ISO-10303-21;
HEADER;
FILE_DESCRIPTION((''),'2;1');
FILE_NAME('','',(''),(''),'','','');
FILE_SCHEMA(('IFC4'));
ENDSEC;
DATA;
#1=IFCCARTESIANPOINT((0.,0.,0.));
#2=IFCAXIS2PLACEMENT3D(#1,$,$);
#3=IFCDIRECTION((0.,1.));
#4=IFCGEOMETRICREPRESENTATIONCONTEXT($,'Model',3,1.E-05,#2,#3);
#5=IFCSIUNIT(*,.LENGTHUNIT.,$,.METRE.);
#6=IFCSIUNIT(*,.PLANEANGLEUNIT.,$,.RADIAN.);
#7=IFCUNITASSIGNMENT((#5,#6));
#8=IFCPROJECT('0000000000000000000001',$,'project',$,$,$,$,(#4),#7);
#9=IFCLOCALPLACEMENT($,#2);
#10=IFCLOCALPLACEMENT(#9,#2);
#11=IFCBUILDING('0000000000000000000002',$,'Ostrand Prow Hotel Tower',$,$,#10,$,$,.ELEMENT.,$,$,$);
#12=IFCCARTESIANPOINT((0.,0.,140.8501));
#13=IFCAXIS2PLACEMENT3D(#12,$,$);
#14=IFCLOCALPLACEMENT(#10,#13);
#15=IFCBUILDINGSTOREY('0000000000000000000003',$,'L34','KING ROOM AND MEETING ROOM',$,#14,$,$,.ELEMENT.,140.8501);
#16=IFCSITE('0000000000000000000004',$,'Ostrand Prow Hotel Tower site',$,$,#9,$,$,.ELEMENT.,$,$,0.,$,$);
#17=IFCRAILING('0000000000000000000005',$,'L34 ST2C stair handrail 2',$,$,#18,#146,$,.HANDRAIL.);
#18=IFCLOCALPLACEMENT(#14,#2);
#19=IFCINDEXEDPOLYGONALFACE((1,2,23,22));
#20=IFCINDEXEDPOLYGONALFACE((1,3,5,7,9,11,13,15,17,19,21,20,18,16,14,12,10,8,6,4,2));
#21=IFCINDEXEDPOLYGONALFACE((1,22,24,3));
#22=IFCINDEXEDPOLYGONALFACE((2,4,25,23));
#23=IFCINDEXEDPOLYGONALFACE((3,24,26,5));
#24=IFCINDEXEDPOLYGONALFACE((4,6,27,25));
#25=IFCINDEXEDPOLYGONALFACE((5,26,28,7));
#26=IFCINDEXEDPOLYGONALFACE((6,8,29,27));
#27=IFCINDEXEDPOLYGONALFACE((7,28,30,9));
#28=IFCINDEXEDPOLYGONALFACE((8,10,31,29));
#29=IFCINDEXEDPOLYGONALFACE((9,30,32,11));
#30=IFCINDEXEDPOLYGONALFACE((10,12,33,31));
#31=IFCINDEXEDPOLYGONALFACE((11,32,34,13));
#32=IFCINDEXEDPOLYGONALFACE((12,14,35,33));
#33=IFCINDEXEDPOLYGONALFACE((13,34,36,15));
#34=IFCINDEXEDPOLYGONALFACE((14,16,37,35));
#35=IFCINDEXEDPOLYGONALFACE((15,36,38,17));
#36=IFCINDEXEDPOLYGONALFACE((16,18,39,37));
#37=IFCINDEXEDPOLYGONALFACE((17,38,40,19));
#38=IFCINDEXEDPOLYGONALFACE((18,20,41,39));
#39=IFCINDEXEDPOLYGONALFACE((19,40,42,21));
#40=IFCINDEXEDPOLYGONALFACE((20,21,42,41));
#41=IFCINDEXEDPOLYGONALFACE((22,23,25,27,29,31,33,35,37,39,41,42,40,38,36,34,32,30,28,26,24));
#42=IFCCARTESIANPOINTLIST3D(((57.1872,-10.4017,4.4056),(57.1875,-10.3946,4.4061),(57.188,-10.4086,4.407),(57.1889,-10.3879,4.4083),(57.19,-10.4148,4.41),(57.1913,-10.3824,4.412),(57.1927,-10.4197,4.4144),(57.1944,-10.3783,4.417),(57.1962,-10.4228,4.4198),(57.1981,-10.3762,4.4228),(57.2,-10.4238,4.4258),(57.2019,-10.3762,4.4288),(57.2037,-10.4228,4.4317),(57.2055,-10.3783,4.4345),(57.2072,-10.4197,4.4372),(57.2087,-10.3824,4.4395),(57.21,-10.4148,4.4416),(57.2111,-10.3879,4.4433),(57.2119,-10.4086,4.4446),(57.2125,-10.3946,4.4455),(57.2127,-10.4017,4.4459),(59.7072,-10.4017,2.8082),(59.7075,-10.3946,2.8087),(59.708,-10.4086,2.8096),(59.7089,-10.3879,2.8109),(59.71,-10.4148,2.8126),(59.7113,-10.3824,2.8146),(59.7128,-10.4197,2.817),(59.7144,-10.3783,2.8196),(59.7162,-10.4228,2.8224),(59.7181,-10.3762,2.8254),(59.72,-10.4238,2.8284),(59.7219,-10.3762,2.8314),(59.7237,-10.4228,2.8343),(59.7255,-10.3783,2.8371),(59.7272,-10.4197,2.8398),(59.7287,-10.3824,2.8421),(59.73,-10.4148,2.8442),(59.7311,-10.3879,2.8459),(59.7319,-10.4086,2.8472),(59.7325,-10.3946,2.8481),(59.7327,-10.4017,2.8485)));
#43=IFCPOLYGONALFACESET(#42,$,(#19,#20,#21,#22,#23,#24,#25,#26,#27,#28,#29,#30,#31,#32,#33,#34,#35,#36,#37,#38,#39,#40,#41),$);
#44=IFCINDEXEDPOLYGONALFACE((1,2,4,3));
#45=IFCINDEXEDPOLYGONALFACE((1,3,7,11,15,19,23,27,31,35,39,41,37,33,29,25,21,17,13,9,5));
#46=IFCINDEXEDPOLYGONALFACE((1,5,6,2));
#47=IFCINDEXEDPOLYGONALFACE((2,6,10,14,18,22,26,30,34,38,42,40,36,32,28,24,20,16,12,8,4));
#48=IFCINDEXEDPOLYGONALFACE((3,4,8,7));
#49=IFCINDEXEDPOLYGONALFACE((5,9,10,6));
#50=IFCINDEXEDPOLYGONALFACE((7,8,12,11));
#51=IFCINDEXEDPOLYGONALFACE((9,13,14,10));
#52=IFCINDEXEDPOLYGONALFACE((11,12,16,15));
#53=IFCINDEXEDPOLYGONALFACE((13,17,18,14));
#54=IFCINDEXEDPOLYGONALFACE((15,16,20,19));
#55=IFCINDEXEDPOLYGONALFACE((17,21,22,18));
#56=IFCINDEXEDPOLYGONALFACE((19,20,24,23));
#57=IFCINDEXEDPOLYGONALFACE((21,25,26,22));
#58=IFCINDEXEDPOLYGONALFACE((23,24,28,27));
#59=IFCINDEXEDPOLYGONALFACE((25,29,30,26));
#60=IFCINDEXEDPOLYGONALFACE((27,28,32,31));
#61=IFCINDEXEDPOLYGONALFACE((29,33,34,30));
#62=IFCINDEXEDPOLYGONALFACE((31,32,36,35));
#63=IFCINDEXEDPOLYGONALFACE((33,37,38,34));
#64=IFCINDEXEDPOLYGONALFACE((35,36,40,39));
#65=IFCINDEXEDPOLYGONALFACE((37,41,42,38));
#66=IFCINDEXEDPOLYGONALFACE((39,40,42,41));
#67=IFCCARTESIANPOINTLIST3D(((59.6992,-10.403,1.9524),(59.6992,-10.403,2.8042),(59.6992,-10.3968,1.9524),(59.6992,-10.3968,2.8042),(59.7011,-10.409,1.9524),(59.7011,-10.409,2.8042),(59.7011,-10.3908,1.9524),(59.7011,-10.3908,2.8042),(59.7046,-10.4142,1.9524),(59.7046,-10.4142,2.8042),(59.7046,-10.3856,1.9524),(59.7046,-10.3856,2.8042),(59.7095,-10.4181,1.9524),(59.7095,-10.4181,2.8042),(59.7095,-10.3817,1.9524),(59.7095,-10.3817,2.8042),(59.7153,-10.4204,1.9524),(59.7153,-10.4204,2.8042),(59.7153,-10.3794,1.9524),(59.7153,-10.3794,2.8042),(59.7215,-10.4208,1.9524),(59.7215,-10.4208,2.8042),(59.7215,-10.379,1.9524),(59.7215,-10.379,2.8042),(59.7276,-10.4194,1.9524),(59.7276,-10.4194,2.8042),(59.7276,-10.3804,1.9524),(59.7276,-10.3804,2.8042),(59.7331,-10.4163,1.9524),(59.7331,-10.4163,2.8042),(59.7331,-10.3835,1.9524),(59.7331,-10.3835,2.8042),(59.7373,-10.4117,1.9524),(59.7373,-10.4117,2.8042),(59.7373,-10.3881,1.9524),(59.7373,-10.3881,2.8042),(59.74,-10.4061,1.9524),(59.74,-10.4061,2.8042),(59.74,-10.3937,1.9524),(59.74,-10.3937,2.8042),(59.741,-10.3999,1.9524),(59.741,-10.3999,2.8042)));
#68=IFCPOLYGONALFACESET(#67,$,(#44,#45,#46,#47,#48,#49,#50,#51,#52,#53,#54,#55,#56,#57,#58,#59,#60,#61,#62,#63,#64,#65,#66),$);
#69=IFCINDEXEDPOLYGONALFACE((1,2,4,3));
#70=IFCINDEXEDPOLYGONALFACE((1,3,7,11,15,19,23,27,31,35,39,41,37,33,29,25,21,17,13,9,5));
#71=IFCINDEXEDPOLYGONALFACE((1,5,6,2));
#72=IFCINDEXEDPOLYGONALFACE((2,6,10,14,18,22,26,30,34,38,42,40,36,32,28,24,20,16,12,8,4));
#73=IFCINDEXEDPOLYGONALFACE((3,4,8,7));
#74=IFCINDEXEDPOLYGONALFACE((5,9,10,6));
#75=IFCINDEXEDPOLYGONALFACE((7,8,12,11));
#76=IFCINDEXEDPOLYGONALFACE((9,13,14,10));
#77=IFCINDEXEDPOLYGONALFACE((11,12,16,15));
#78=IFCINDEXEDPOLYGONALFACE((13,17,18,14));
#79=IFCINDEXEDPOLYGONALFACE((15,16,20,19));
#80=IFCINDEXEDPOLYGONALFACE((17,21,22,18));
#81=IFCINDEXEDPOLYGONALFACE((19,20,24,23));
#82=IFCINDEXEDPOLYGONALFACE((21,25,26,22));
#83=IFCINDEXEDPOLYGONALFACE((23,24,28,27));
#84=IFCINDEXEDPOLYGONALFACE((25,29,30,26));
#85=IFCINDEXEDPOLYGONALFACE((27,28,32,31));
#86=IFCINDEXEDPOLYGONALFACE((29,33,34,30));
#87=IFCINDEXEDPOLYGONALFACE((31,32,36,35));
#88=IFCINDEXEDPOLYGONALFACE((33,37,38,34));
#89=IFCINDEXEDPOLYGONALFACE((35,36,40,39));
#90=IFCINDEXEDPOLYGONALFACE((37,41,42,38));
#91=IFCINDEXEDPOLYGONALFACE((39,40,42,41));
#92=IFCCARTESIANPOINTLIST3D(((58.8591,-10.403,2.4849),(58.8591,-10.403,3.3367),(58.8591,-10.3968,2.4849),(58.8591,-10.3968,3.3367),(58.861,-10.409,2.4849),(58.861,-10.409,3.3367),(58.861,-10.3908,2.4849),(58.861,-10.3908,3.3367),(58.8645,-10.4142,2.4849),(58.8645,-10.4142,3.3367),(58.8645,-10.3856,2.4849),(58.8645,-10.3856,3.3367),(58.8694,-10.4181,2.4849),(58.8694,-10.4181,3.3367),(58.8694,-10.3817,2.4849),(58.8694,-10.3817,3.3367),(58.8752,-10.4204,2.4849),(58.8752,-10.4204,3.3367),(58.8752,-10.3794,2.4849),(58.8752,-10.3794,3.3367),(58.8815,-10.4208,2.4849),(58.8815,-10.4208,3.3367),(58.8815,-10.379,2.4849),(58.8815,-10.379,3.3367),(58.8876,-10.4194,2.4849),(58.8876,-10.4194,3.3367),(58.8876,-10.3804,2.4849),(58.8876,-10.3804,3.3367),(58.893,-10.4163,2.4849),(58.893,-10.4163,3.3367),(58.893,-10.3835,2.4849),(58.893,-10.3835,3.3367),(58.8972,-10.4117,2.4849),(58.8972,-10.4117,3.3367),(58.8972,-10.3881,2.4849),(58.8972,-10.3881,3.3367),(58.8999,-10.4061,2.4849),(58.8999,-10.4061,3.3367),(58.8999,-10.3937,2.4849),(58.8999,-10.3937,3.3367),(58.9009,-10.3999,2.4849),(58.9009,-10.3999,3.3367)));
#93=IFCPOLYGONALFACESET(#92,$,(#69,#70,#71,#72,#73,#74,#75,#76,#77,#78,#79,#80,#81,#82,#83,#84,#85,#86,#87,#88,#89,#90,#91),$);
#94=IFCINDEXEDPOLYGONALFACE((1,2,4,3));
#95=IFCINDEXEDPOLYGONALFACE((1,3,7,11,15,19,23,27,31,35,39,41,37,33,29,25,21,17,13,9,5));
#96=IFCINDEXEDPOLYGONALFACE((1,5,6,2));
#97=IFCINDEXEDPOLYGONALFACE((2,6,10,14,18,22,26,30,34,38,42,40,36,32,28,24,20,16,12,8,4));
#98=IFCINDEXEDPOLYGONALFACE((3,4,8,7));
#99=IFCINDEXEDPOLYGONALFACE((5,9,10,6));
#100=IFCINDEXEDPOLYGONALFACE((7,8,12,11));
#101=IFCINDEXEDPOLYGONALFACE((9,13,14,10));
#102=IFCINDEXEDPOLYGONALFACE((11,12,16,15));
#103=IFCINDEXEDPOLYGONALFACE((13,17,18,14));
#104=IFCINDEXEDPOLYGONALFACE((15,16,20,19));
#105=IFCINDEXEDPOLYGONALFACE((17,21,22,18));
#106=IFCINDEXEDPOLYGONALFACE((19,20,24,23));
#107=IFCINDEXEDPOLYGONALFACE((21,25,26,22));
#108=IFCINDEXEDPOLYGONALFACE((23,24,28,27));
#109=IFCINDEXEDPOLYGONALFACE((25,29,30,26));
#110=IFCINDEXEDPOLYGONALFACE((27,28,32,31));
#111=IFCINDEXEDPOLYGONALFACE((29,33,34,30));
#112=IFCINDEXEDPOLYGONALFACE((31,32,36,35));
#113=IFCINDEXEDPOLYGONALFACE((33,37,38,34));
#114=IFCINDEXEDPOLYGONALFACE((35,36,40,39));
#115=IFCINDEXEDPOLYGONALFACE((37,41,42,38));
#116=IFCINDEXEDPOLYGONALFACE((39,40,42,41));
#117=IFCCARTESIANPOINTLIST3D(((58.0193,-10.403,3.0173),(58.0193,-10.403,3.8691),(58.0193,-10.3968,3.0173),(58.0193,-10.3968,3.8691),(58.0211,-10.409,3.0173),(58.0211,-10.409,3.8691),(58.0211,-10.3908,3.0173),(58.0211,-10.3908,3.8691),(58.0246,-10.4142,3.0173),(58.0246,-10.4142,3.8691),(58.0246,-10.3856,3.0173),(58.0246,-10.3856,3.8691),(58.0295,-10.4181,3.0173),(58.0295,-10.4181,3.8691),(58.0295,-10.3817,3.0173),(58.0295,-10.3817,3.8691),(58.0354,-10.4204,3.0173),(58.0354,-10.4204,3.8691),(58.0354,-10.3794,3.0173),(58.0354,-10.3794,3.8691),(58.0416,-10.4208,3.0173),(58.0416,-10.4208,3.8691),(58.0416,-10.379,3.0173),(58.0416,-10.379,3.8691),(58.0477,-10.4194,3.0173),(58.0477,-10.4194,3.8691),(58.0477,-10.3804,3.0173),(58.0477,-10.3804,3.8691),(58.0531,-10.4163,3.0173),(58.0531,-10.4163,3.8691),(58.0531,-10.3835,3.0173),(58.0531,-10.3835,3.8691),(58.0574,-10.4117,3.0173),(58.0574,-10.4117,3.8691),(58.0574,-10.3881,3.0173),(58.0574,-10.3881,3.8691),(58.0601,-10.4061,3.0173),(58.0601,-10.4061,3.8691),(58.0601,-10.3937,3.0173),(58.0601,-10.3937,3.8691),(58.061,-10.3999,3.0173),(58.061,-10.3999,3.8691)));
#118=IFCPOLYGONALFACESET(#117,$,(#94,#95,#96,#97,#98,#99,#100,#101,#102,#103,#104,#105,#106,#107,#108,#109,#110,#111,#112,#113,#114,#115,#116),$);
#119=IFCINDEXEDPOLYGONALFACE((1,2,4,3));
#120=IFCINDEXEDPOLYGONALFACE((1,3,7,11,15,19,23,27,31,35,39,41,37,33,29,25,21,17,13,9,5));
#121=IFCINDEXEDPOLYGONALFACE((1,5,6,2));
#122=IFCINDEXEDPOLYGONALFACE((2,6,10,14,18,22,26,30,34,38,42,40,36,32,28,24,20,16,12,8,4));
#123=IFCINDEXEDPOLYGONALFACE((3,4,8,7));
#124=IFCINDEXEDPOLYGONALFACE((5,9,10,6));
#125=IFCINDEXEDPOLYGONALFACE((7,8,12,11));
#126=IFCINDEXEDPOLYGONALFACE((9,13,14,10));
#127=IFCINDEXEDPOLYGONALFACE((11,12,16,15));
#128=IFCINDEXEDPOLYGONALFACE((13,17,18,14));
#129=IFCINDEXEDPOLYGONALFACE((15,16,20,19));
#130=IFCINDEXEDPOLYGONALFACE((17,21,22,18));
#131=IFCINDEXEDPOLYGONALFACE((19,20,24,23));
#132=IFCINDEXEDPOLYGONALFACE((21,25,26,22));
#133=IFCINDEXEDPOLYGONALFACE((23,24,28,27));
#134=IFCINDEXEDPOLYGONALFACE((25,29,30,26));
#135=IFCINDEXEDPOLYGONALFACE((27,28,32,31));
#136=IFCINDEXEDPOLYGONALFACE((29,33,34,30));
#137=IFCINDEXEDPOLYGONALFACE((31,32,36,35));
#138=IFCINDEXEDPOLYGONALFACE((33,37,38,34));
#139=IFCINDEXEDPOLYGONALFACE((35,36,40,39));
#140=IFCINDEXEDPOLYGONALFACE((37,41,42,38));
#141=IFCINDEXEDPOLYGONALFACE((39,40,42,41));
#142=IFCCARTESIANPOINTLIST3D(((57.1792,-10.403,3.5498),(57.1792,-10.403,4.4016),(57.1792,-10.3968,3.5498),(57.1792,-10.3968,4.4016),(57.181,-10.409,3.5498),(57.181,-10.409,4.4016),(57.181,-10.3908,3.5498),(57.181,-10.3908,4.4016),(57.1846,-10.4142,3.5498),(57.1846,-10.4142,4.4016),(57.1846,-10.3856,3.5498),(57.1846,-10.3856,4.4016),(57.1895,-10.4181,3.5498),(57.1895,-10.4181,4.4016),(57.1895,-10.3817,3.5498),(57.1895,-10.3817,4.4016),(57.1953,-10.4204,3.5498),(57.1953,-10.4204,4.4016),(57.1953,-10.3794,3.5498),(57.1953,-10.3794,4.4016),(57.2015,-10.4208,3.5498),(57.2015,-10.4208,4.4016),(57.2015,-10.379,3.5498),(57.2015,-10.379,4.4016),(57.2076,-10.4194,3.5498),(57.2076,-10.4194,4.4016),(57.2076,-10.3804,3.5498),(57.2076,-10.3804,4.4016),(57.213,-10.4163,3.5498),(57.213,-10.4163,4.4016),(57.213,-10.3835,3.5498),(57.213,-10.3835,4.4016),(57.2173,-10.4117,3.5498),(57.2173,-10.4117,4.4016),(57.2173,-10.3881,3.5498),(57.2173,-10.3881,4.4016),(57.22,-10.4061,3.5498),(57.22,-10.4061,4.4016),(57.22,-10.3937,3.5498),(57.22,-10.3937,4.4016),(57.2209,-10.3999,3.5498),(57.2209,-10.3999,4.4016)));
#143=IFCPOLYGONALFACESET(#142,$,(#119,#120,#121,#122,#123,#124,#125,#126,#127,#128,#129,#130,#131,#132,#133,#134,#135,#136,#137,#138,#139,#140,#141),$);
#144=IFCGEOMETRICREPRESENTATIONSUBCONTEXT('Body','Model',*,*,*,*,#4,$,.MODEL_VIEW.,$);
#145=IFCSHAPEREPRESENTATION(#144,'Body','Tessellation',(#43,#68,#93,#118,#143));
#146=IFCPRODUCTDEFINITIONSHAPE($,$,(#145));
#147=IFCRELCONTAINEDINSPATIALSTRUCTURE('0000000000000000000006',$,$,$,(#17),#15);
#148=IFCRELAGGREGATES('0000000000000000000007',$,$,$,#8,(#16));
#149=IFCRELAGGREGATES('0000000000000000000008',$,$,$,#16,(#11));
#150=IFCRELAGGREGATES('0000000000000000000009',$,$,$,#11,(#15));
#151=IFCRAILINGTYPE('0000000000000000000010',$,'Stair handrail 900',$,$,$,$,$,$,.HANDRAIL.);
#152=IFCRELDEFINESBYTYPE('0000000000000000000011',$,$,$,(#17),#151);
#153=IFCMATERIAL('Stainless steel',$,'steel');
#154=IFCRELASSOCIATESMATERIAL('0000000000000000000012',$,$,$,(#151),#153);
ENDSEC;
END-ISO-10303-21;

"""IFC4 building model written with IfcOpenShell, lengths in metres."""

from ifc_helpers import new_model, si_unit, direction, frame, origin, origin_2d, place, context, subcontext, project, spatial, circle, extrude, material, type_object, element, save


model = new_model("IFC4")

# Units and contexts
model_context = context("Model", 3, precision=1e-05, world=origin(), true_north=direction((0.0, 1.0)))
body_context = subcontext(model_context, "Body", "Model", "MODEL_VIEW")
ifc_project = project(units=[si_unit("LENGTHUNIT", "METRE"), si_unit("PLANEANGLEUNIT", "RADIAN")], contexts=[model_context])

# Site, building, storey
site_placement = place(None, origin())
site = spatial("IfcSite", under=ifc_project, at=site_placement, Name="Ostrand Prow Hotel Tower site", CompositionType="ELEMENT", RefElevation=0.0)
building_placement = place(site_placement, origin())
building = spatial("IfcBuilding", under=site, at=building_placement, Name="Ostrand Prow Hotel Tower", CompositionType="ELEMENT")
storey_placement = place(building_placement, frame((0.0, 0.0, 140.8501)))
storey = spatial("IfcBuildingStorey", under=building, at=storey_placement, Name="L34", Description="KING ROOM AND MEETING ROOM", CompositionType="ELEMENT", Elevation=140.8501)

# Railing
ifc_material_1 = material(Name="Stainless steel", Category="steel")
railing_type_1 = type_object("IfcRailingType", Name="Stair handrail 900", PredefinedType="HANDRAIL", material=ifc_material_1)
railing_1_placement = place(storey_placement, frame((59.72, -10.3999, 1.9524)))
element("IfcRailing", 1, at=railing_1_placement, inside=storey, type_object=railing_type_1, Name="L34 ST2C stair handrail 2", PredefinedType="HANDRAIL", context=body_context, shape_type="SweptSolid", body=[
    extrude(circle(Radius=0.0239, at=origin_2d()), frame((0.0, 0.0, 0.876), z_axis=(-0.844607, 0.0, 0.535387), x_axis=(0.0, -1.0, 0.0)), (0.0, 0.0, 1.0), 2.9836),
    extrude(circle(Radius=0.021, at=origin_2d()), origin(), (0.0, 0.0, 1.0), 0.8518),
    extrude(circle(Radius=0.021, at=origin_2d()), frame((-0.8401, 0.0, 0.5325)), (0.0, 0.0, 1.0), 0.8518),
    extrude(circle(Radius=0.021, at=origin_2d()), frame((-1.6799, 0.0, 1.0649)), (0.0, 0.0, 1.0), 0.8518),
    extrude(circle(Radius=0.021, at=origin_2d()), frame((-2.52, 0.0, 1.5974)), (0.0, 0.0, 1.0), 0.8518),
])

save(model, "model.ifc")
